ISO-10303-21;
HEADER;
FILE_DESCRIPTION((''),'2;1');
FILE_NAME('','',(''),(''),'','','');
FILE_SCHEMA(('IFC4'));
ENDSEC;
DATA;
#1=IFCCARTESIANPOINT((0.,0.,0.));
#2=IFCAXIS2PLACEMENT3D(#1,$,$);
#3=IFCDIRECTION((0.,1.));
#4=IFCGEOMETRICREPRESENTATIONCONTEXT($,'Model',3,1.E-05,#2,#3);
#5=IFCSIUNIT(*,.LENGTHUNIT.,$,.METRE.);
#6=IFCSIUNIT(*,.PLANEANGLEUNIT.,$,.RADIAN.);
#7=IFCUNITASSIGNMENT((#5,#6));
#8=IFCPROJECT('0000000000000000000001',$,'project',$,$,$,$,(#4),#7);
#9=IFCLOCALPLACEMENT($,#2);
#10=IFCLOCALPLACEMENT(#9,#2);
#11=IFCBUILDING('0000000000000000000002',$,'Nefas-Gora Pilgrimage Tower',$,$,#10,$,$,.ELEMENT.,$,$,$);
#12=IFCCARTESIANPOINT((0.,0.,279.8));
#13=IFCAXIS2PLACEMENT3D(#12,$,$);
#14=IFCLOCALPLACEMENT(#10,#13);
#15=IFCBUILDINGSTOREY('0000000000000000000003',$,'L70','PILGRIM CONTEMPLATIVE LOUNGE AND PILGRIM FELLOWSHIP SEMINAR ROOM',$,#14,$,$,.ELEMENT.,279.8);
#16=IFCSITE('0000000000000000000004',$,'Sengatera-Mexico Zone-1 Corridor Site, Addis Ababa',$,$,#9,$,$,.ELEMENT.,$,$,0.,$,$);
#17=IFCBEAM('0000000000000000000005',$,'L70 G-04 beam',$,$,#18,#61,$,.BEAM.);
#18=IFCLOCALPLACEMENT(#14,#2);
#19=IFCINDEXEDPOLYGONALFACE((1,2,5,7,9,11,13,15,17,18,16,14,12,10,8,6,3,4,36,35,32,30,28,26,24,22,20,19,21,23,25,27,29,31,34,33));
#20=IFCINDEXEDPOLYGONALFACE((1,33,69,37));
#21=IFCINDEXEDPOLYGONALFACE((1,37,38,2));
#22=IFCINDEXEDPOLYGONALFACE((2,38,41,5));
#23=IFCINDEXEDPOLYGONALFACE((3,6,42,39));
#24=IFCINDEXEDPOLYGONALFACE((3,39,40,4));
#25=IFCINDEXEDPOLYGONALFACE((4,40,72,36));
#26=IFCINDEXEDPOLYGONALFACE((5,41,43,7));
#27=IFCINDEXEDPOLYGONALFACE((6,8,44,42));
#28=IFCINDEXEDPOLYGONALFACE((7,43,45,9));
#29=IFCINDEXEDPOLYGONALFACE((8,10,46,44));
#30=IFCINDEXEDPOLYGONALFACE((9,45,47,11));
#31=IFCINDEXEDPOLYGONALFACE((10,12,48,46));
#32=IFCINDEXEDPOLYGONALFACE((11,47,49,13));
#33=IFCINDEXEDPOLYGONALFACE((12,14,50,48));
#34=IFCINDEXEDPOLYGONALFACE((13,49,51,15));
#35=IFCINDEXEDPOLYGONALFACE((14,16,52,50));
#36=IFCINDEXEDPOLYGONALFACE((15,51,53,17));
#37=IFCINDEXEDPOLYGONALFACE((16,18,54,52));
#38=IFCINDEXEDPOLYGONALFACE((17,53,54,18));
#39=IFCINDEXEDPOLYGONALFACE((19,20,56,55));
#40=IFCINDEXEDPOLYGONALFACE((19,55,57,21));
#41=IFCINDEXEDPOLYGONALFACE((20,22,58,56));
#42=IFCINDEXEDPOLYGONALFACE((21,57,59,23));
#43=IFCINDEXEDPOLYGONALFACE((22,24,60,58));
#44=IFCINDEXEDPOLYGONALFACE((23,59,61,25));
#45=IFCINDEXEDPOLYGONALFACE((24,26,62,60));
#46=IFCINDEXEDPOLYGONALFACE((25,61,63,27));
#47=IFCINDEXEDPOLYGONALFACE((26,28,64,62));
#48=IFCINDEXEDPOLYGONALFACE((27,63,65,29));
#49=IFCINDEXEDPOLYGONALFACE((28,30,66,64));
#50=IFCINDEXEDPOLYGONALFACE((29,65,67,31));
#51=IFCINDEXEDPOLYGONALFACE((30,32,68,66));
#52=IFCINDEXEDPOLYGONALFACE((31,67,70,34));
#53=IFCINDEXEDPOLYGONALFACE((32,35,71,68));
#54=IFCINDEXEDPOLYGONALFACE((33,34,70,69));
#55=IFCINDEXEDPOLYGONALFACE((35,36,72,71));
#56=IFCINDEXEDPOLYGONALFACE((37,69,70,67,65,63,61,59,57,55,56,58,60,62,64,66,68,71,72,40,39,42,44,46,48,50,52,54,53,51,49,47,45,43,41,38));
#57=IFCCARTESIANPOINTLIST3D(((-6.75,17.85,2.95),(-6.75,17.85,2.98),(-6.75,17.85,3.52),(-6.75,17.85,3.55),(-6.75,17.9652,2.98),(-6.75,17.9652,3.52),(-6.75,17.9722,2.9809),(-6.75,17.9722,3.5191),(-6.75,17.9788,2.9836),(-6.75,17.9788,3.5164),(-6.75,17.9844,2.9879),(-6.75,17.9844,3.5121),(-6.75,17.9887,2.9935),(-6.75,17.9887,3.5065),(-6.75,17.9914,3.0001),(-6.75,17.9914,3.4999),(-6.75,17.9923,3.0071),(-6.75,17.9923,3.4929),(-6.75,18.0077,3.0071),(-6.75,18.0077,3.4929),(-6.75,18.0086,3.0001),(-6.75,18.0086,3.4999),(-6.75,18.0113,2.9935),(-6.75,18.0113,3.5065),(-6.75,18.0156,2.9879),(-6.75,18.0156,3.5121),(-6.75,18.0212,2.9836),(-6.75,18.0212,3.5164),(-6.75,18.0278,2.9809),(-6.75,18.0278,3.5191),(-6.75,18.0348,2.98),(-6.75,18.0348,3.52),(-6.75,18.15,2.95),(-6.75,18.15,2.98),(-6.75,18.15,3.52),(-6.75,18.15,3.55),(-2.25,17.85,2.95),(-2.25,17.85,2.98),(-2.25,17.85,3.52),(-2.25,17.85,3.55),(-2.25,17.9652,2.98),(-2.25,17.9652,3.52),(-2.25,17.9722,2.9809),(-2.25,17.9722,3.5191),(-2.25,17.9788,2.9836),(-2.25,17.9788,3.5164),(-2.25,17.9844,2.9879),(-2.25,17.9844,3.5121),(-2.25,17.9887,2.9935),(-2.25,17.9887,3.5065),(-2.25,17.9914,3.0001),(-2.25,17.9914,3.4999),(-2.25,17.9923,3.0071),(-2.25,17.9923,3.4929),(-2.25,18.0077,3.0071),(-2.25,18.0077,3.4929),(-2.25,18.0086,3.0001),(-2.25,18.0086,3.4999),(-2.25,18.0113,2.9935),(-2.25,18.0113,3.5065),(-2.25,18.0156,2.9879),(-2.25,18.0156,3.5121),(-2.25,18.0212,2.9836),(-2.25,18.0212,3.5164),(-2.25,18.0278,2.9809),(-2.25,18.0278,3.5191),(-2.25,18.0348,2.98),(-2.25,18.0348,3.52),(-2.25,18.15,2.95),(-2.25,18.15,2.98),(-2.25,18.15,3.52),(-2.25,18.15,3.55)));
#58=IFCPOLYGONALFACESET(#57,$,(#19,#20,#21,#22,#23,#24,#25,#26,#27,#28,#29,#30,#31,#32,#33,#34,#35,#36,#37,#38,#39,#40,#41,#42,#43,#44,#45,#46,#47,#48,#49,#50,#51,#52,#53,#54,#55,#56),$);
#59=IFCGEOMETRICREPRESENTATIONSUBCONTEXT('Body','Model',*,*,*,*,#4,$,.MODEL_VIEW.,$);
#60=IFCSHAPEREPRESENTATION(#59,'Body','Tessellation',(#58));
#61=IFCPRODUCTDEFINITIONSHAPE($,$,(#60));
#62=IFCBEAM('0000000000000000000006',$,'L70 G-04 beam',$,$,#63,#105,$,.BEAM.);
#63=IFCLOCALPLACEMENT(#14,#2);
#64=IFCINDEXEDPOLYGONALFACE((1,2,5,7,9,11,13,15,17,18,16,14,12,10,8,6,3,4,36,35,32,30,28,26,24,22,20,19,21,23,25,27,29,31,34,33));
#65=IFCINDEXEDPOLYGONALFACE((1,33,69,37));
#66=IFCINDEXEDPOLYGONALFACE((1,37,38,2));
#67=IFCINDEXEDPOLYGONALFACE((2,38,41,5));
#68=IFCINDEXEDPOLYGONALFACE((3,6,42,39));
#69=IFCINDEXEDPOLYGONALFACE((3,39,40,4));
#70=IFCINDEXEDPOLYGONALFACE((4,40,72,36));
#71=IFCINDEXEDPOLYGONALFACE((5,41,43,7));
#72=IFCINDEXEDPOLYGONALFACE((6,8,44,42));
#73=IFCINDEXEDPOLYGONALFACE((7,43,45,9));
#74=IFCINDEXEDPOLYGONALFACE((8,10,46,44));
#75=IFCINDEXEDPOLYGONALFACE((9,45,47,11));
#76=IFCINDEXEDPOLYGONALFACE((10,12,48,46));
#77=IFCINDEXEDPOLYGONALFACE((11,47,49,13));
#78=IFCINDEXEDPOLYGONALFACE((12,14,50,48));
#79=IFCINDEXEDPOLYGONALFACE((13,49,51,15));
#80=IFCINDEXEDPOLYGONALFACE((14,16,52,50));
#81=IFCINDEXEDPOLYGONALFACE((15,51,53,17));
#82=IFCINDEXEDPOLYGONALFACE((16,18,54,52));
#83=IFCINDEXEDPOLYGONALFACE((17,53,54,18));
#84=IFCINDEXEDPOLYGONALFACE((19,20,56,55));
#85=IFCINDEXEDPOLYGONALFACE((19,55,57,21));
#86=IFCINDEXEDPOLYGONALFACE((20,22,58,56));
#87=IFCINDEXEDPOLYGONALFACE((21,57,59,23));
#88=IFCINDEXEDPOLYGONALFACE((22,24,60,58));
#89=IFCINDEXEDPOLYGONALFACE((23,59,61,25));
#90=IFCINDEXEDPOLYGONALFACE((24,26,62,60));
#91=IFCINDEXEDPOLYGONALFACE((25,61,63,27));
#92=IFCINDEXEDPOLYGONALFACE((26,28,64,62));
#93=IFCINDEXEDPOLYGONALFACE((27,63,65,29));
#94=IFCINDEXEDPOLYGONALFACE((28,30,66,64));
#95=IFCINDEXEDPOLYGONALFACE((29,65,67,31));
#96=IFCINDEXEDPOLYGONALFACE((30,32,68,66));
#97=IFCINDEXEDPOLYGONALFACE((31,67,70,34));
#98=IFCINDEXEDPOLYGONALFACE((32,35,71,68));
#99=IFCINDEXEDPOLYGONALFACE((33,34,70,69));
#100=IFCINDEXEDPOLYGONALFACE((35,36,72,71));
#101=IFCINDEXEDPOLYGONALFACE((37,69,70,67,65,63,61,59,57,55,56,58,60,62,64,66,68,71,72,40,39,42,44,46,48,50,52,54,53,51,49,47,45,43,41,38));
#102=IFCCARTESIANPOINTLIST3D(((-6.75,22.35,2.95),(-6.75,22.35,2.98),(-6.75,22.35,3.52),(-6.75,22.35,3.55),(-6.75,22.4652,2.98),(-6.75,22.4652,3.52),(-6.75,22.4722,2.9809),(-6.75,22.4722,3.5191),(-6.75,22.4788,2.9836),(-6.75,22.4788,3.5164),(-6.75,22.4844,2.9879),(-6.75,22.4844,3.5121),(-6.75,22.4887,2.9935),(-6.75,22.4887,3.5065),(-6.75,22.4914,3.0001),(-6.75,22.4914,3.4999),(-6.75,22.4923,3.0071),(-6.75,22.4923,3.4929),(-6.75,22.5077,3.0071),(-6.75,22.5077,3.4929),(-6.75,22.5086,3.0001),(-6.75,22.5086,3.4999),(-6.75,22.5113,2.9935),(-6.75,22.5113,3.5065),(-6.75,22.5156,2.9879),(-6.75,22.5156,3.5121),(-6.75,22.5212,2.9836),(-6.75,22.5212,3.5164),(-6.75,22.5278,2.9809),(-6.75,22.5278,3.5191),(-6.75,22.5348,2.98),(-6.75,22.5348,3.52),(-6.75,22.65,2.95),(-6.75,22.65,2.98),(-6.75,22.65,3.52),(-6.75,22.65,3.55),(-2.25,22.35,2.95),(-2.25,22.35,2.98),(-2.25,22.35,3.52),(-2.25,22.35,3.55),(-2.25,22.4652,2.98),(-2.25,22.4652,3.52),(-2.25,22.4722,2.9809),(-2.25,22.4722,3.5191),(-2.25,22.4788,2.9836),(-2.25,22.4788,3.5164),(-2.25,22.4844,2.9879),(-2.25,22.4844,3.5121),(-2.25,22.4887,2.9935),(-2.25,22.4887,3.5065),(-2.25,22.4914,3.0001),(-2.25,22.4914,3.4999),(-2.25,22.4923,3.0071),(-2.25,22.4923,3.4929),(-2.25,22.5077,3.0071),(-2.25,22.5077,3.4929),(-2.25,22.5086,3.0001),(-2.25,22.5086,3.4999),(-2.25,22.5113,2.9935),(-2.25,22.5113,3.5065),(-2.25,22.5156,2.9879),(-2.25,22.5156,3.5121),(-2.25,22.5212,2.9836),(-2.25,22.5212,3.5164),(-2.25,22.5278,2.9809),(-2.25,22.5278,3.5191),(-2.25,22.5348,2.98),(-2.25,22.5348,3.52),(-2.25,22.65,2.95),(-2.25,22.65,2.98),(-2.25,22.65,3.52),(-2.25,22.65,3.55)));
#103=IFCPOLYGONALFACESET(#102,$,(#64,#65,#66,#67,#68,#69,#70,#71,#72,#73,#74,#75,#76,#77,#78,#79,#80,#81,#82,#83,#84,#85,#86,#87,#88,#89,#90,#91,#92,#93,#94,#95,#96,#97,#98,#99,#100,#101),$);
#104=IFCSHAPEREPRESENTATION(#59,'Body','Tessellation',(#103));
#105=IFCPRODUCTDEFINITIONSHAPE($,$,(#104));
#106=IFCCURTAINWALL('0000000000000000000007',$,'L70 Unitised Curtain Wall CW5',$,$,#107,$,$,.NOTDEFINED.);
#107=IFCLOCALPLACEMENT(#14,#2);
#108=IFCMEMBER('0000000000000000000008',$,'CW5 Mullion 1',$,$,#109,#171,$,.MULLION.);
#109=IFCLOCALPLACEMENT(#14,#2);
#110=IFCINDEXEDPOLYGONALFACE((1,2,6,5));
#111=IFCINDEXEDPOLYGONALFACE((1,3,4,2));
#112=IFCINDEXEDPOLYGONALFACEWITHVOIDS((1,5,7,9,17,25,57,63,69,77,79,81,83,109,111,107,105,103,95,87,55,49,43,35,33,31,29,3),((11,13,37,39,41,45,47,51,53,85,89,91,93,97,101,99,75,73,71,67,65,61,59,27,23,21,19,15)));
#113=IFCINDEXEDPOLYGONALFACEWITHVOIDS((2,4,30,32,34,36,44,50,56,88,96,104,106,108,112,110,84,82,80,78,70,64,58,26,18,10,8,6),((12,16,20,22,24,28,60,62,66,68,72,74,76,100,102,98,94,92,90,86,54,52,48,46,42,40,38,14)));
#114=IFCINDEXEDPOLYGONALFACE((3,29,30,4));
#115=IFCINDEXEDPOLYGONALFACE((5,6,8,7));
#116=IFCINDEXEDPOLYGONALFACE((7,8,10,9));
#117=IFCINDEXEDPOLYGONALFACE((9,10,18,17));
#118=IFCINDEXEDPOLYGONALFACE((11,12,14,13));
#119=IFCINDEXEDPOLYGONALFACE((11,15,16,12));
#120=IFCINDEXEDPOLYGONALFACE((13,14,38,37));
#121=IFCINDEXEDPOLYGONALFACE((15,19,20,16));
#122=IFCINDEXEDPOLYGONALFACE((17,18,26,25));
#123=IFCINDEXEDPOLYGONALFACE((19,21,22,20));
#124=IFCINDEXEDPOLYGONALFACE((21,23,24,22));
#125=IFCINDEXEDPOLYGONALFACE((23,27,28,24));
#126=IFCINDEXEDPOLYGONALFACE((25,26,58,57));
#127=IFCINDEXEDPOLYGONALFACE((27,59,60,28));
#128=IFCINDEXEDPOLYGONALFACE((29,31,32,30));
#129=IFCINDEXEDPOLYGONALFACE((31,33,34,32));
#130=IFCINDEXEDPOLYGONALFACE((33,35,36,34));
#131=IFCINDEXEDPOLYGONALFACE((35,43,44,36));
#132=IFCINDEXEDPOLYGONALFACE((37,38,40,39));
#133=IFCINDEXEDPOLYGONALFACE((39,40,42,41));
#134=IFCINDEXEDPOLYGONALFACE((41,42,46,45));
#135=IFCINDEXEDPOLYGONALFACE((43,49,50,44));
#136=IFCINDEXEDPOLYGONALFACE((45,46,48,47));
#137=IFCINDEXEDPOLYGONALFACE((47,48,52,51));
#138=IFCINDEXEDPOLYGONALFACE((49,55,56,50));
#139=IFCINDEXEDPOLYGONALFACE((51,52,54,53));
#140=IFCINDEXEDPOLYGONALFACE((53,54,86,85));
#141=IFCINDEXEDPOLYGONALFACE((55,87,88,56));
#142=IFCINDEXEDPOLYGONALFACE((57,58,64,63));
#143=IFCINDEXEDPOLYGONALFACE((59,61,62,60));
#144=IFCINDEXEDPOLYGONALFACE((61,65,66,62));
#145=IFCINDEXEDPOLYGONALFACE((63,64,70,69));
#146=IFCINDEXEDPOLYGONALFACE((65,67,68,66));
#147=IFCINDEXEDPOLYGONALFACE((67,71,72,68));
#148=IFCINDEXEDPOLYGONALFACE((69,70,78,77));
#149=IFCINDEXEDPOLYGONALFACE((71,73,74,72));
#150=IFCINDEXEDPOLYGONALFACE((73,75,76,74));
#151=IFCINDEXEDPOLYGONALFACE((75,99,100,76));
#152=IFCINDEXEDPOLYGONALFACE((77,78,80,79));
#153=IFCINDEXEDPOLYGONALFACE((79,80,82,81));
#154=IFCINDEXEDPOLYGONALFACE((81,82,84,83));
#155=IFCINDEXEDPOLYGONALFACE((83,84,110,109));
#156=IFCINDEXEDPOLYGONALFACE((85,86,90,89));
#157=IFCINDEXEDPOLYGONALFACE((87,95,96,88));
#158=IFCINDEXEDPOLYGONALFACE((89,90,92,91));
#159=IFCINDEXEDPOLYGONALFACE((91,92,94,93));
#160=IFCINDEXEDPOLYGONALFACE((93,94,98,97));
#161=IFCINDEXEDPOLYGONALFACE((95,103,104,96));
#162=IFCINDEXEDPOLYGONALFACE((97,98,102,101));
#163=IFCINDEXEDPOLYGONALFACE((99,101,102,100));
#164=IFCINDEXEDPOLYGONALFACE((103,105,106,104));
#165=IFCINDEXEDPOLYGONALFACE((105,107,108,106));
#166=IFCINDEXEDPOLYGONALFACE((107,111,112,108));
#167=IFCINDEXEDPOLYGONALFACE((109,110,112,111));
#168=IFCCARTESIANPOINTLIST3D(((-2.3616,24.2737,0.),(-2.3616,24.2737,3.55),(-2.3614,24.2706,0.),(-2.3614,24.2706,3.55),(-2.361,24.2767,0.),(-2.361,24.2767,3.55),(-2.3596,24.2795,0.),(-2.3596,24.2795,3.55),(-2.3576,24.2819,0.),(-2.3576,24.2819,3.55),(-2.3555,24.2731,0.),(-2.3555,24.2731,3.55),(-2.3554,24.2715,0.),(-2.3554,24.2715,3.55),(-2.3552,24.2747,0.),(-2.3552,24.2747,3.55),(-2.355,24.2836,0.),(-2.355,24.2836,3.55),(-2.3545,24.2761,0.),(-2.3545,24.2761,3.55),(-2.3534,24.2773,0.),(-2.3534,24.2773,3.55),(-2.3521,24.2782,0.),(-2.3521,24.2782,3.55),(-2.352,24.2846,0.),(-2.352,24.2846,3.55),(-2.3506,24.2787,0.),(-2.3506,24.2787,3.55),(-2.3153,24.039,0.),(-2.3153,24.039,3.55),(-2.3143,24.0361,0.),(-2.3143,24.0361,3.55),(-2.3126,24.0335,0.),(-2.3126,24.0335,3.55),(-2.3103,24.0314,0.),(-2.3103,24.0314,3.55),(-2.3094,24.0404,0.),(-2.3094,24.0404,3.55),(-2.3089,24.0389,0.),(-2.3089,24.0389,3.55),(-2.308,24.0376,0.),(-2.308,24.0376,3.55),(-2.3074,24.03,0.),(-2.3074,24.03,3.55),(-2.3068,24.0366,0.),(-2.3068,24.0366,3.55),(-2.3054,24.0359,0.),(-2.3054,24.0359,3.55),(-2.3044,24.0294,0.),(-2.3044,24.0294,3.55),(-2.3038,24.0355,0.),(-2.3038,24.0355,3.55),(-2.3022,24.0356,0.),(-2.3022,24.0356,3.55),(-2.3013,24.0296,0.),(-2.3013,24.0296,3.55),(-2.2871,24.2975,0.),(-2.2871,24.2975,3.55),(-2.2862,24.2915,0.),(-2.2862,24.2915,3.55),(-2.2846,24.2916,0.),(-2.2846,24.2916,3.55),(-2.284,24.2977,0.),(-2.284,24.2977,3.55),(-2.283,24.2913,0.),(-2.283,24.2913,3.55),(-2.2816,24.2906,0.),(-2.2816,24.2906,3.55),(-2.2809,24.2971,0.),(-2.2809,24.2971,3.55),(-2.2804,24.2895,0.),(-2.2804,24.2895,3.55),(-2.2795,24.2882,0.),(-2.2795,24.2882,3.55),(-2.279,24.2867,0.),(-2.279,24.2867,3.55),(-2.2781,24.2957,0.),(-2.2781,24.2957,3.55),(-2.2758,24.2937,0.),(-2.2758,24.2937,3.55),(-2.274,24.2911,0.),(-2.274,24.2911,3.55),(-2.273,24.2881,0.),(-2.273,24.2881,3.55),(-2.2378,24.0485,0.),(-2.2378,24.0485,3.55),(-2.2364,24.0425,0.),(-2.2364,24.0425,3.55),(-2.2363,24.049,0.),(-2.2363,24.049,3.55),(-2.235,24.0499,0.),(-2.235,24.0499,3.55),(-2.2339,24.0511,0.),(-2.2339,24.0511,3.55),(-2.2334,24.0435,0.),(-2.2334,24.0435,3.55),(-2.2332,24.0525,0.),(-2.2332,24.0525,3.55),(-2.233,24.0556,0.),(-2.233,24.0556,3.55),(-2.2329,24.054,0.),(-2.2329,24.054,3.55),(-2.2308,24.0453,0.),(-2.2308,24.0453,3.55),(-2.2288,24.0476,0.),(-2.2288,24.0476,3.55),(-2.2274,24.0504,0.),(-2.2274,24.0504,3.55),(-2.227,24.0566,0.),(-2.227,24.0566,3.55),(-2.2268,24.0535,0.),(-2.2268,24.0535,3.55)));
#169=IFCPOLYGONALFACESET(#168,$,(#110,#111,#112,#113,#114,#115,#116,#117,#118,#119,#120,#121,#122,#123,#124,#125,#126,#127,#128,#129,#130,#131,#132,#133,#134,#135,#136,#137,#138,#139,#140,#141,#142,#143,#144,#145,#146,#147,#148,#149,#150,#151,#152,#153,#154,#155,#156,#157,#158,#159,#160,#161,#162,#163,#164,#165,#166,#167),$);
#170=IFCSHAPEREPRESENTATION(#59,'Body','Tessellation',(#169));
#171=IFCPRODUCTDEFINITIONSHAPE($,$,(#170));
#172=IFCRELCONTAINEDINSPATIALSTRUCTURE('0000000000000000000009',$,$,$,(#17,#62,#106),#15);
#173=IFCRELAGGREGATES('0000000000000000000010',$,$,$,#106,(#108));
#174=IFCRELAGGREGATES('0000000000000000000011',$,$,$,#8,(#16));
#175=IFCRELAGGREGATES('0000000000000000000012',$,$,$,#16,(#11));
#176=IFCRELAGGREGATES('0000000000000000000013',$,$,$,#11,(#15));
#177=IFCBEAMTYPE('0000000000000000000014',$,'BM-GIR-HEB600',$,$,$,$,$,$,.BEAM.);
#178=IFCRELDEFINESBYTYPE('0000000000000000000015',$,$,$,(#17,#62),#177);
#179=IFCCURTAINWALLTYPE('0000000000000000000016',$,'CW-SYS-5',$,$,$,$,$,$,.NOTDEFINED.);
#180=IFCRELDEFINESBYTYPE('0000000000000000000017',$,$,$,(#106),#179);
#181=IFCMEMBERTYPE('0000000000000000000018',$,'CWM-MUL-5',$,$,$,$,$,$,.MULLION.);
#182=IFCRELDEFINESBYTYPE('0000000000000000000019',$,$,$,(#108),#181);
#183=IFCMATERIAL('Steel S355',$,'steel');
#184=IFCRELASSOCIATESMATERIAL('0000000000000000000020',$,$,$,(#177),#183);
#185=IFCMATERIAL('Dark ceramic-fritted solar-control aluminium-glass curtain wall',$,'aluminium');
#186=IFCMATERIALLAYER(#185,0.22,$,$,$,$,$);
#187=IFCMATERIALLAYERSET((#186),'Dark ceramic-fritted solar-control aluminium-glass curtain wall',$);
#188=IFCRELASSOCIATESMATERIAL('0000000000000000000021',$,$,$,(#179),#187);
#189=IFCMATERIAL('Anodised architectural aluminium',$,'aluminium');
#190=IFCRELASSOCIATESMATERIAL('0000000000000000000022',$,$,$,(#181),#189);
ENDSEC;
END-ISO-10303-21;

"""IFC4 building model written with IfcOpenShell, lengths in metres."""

from ifc_helpers import new_model, si_unit, direction, frame, origin, origin_2d, place, context, subcontext, project, spatial, hollow_rectangle, i_section, extrude, source, transform, mapped, material, layer, layer_set, material_profile, profile_set, type_object, element, aggregate, save


model = new_model("IFC4")

# Units and contexts
model_context = context("Model", 3, precision=1e-05, world=origin(), true_north=direction((0.0, 1.0)))
body_context = subcontext(model_context, "Body", "Model", "MODEL_VIEW")
ifc_project = project(units=[si_unit("LENGTHUNIT", "METRE"), si_unit("PLANEANGLEUNIT", "RADIAN")], contexts=[model_context])

# Site, building, storey
site_placement = place(None, origin())
site = spatial("IfcSite", under=ifc_project, at=site_placement, Name="Sengatera-Mexico Zone-1 Corridor Site, Addis Ababa", CompositionType="ELEMENT", RefElevation=0.0)
building_placement = place(site_placement, origin())
building = spatial("IfcBuilding", under=site, at=building_placement, Name="Nefas-Gora Pilgrimage Tower", CompositionType="ELEMENT")
storey_placement = place(building_placement, frame((0.0, 0.0, 279.8)))
storey = spatial("IfcBuildingStorey", under=building, at=storey_placement, Name="L70", Description="PILGRIM CONTEMPLATIVE LOUNGE AND PILGRIM FELLOWSHIP SEMINAR ROOM", CompositionType="ELEMENT", Elevation=279.8)

# Shared definitions
ifc_material_1 = material(Name="Steel S355", Category="steel")

# Beams
ifc_material_profile_1 = material_profile(ifc_material_1, i_section(OverallWidth=0.3, OverallDepth=0.6001, WebThickness=0.0154, FlangeThickness=0.03, FilletRadius=0.0271, at=origin_2d()), Name="HEB 600")
ifc_profile_set_1 = profile_set([ifc_material_profile_1], Name="Steel S355")
beam_type = type_object("IfcBeamType", Name="BM-GIR-HEB600", PredefinedType="BEAM", material=ifc_profile_set_1)
shared_shape_1 = source(origin(), body_context, "Body", "SweptSolid", [
    extrude(i_section(OverallWidth=0.3, OverallDepth=0.6001, WebThickness=0.0154, FlangeThickness=0.03, FilletRadius=0.0271, at=origin_2d()), origin(), (0.0, 0.0, 1.0), 4.5),
])
for number, where, z_axis, x_axis, name in (
    (1, (-6.75, 18.0, 3.25), (1.0, 0.0, 0.0), (0.0, 1.0, 0.0), "L70 G-04 beam"),
    (2, (-6.75, 22.5, 3.25), (1.0, 0.0, 0.0), (0.0, 1.0, 0.0), "L70 G-04 beam"),
):
    element("IfcBeam", number, at=place(storey_placement, frame(where, z_axis=z_axis, x_axis=x_axis)), inside=storey, type_object=beam_type, Name=name, PredefinedType="BEAM", context=body_context, shape_type="MappedRepresentation", body=[
        mapped(shared_shape_1, transform((0.0, 0.0, 0.0), x_axis=(1.0, 0.0, 0.0), y_axis=(0.0, 1.0, 0.0), z_axis=(0.0, 0.0, 1.0), scale=1.0)),
    ])

# Curtain wall, member
ifc_material_2 = material(Name="Dark ceramic-fritted solar-control aluminium-glass curtain wall", Category="aluminium")
ifc_layer_1 = layer(ifc_material_2, 0.22)
ifc_layer_set_1 = layer_set([ifc_layer_1], Name="Dark ceramic-fritted solar-control aluminium-glass curtain wall")
curtain_wall_type = type_object("IfcCurtainWallType", Name="CW-SYS-5", PredefinedType="NOTDEFINED", material=ifc_layer_set_1)
curtain_wall_1_placement = place(storey_placement, origin())
curtain_wall_1 = element("IfcCurtainWall", 3, at=curtain_wall_1_placement, inside=storey, type_object=curtain_wall_type, Name="L70 Unitised Curtain Wall CW5", PredefinedType="NOTDEFINED")
ifc_material_3 = material(Name="Anodised architectural aluminium", Category="aluminium")
ifc_material_profile_2 = material_profile(ifc_material_3, hollow_rectangle(XDim=0.0901, YDim=0.26, WallThickness=0.0061, InnerFilletRadius=0.0061, OuterFilletRadius=0.012, at=origin_2d()), Name="ALU MULLION 90x260")
ifc_profile_set_2 = profile_set([ifc_material_profile_2], Name="Anodised architectural aluminium")
member_type_1 = type_object("IfcMemberType", Name="CWM-MUL-5", PredefinedType="MULLION", material=ifc_profile_set_2)
shared_shape_2 = source(origin(), body_context, "Body", "SweptSolid", [
    extrude(hollow_rectangle(XDim=0.0901, YDim=0.26, WallThickness=0.0061, InnerFilletRadius=0.0061, OuterFilletRadius=0.012, at=origin_2d()), origin(), (0.0, 0.0, 1.0), 3.55),
])
member_1_placement = place(storey_placement, frame((-2.2942, 24.1636, 0.0), z_axis=(0.0, 0.0, 1.0), x_axis=(-0.980783, -0.195102, 0.0)))
member_1 = element("IfcMember", 4, at=member_1_placement, type_object=member_type_1, Name="CW5 Mullion 1", PredefinedType="MULLION", context=body_context, shape_type="MappedRepresentation", body=[
    mapped(shared_shape_2, transform((0.0, 0.0, 0.0), x_axis=(1.0, 0.0, 0.0), y_axis=(0.0, 1.0, 0.0), z_axis=(0.0, 0.0, 1.0), scale=1.0)),
])

aggregate(curtain_wall_1, [member_1])

save(model, "model.ifc")
